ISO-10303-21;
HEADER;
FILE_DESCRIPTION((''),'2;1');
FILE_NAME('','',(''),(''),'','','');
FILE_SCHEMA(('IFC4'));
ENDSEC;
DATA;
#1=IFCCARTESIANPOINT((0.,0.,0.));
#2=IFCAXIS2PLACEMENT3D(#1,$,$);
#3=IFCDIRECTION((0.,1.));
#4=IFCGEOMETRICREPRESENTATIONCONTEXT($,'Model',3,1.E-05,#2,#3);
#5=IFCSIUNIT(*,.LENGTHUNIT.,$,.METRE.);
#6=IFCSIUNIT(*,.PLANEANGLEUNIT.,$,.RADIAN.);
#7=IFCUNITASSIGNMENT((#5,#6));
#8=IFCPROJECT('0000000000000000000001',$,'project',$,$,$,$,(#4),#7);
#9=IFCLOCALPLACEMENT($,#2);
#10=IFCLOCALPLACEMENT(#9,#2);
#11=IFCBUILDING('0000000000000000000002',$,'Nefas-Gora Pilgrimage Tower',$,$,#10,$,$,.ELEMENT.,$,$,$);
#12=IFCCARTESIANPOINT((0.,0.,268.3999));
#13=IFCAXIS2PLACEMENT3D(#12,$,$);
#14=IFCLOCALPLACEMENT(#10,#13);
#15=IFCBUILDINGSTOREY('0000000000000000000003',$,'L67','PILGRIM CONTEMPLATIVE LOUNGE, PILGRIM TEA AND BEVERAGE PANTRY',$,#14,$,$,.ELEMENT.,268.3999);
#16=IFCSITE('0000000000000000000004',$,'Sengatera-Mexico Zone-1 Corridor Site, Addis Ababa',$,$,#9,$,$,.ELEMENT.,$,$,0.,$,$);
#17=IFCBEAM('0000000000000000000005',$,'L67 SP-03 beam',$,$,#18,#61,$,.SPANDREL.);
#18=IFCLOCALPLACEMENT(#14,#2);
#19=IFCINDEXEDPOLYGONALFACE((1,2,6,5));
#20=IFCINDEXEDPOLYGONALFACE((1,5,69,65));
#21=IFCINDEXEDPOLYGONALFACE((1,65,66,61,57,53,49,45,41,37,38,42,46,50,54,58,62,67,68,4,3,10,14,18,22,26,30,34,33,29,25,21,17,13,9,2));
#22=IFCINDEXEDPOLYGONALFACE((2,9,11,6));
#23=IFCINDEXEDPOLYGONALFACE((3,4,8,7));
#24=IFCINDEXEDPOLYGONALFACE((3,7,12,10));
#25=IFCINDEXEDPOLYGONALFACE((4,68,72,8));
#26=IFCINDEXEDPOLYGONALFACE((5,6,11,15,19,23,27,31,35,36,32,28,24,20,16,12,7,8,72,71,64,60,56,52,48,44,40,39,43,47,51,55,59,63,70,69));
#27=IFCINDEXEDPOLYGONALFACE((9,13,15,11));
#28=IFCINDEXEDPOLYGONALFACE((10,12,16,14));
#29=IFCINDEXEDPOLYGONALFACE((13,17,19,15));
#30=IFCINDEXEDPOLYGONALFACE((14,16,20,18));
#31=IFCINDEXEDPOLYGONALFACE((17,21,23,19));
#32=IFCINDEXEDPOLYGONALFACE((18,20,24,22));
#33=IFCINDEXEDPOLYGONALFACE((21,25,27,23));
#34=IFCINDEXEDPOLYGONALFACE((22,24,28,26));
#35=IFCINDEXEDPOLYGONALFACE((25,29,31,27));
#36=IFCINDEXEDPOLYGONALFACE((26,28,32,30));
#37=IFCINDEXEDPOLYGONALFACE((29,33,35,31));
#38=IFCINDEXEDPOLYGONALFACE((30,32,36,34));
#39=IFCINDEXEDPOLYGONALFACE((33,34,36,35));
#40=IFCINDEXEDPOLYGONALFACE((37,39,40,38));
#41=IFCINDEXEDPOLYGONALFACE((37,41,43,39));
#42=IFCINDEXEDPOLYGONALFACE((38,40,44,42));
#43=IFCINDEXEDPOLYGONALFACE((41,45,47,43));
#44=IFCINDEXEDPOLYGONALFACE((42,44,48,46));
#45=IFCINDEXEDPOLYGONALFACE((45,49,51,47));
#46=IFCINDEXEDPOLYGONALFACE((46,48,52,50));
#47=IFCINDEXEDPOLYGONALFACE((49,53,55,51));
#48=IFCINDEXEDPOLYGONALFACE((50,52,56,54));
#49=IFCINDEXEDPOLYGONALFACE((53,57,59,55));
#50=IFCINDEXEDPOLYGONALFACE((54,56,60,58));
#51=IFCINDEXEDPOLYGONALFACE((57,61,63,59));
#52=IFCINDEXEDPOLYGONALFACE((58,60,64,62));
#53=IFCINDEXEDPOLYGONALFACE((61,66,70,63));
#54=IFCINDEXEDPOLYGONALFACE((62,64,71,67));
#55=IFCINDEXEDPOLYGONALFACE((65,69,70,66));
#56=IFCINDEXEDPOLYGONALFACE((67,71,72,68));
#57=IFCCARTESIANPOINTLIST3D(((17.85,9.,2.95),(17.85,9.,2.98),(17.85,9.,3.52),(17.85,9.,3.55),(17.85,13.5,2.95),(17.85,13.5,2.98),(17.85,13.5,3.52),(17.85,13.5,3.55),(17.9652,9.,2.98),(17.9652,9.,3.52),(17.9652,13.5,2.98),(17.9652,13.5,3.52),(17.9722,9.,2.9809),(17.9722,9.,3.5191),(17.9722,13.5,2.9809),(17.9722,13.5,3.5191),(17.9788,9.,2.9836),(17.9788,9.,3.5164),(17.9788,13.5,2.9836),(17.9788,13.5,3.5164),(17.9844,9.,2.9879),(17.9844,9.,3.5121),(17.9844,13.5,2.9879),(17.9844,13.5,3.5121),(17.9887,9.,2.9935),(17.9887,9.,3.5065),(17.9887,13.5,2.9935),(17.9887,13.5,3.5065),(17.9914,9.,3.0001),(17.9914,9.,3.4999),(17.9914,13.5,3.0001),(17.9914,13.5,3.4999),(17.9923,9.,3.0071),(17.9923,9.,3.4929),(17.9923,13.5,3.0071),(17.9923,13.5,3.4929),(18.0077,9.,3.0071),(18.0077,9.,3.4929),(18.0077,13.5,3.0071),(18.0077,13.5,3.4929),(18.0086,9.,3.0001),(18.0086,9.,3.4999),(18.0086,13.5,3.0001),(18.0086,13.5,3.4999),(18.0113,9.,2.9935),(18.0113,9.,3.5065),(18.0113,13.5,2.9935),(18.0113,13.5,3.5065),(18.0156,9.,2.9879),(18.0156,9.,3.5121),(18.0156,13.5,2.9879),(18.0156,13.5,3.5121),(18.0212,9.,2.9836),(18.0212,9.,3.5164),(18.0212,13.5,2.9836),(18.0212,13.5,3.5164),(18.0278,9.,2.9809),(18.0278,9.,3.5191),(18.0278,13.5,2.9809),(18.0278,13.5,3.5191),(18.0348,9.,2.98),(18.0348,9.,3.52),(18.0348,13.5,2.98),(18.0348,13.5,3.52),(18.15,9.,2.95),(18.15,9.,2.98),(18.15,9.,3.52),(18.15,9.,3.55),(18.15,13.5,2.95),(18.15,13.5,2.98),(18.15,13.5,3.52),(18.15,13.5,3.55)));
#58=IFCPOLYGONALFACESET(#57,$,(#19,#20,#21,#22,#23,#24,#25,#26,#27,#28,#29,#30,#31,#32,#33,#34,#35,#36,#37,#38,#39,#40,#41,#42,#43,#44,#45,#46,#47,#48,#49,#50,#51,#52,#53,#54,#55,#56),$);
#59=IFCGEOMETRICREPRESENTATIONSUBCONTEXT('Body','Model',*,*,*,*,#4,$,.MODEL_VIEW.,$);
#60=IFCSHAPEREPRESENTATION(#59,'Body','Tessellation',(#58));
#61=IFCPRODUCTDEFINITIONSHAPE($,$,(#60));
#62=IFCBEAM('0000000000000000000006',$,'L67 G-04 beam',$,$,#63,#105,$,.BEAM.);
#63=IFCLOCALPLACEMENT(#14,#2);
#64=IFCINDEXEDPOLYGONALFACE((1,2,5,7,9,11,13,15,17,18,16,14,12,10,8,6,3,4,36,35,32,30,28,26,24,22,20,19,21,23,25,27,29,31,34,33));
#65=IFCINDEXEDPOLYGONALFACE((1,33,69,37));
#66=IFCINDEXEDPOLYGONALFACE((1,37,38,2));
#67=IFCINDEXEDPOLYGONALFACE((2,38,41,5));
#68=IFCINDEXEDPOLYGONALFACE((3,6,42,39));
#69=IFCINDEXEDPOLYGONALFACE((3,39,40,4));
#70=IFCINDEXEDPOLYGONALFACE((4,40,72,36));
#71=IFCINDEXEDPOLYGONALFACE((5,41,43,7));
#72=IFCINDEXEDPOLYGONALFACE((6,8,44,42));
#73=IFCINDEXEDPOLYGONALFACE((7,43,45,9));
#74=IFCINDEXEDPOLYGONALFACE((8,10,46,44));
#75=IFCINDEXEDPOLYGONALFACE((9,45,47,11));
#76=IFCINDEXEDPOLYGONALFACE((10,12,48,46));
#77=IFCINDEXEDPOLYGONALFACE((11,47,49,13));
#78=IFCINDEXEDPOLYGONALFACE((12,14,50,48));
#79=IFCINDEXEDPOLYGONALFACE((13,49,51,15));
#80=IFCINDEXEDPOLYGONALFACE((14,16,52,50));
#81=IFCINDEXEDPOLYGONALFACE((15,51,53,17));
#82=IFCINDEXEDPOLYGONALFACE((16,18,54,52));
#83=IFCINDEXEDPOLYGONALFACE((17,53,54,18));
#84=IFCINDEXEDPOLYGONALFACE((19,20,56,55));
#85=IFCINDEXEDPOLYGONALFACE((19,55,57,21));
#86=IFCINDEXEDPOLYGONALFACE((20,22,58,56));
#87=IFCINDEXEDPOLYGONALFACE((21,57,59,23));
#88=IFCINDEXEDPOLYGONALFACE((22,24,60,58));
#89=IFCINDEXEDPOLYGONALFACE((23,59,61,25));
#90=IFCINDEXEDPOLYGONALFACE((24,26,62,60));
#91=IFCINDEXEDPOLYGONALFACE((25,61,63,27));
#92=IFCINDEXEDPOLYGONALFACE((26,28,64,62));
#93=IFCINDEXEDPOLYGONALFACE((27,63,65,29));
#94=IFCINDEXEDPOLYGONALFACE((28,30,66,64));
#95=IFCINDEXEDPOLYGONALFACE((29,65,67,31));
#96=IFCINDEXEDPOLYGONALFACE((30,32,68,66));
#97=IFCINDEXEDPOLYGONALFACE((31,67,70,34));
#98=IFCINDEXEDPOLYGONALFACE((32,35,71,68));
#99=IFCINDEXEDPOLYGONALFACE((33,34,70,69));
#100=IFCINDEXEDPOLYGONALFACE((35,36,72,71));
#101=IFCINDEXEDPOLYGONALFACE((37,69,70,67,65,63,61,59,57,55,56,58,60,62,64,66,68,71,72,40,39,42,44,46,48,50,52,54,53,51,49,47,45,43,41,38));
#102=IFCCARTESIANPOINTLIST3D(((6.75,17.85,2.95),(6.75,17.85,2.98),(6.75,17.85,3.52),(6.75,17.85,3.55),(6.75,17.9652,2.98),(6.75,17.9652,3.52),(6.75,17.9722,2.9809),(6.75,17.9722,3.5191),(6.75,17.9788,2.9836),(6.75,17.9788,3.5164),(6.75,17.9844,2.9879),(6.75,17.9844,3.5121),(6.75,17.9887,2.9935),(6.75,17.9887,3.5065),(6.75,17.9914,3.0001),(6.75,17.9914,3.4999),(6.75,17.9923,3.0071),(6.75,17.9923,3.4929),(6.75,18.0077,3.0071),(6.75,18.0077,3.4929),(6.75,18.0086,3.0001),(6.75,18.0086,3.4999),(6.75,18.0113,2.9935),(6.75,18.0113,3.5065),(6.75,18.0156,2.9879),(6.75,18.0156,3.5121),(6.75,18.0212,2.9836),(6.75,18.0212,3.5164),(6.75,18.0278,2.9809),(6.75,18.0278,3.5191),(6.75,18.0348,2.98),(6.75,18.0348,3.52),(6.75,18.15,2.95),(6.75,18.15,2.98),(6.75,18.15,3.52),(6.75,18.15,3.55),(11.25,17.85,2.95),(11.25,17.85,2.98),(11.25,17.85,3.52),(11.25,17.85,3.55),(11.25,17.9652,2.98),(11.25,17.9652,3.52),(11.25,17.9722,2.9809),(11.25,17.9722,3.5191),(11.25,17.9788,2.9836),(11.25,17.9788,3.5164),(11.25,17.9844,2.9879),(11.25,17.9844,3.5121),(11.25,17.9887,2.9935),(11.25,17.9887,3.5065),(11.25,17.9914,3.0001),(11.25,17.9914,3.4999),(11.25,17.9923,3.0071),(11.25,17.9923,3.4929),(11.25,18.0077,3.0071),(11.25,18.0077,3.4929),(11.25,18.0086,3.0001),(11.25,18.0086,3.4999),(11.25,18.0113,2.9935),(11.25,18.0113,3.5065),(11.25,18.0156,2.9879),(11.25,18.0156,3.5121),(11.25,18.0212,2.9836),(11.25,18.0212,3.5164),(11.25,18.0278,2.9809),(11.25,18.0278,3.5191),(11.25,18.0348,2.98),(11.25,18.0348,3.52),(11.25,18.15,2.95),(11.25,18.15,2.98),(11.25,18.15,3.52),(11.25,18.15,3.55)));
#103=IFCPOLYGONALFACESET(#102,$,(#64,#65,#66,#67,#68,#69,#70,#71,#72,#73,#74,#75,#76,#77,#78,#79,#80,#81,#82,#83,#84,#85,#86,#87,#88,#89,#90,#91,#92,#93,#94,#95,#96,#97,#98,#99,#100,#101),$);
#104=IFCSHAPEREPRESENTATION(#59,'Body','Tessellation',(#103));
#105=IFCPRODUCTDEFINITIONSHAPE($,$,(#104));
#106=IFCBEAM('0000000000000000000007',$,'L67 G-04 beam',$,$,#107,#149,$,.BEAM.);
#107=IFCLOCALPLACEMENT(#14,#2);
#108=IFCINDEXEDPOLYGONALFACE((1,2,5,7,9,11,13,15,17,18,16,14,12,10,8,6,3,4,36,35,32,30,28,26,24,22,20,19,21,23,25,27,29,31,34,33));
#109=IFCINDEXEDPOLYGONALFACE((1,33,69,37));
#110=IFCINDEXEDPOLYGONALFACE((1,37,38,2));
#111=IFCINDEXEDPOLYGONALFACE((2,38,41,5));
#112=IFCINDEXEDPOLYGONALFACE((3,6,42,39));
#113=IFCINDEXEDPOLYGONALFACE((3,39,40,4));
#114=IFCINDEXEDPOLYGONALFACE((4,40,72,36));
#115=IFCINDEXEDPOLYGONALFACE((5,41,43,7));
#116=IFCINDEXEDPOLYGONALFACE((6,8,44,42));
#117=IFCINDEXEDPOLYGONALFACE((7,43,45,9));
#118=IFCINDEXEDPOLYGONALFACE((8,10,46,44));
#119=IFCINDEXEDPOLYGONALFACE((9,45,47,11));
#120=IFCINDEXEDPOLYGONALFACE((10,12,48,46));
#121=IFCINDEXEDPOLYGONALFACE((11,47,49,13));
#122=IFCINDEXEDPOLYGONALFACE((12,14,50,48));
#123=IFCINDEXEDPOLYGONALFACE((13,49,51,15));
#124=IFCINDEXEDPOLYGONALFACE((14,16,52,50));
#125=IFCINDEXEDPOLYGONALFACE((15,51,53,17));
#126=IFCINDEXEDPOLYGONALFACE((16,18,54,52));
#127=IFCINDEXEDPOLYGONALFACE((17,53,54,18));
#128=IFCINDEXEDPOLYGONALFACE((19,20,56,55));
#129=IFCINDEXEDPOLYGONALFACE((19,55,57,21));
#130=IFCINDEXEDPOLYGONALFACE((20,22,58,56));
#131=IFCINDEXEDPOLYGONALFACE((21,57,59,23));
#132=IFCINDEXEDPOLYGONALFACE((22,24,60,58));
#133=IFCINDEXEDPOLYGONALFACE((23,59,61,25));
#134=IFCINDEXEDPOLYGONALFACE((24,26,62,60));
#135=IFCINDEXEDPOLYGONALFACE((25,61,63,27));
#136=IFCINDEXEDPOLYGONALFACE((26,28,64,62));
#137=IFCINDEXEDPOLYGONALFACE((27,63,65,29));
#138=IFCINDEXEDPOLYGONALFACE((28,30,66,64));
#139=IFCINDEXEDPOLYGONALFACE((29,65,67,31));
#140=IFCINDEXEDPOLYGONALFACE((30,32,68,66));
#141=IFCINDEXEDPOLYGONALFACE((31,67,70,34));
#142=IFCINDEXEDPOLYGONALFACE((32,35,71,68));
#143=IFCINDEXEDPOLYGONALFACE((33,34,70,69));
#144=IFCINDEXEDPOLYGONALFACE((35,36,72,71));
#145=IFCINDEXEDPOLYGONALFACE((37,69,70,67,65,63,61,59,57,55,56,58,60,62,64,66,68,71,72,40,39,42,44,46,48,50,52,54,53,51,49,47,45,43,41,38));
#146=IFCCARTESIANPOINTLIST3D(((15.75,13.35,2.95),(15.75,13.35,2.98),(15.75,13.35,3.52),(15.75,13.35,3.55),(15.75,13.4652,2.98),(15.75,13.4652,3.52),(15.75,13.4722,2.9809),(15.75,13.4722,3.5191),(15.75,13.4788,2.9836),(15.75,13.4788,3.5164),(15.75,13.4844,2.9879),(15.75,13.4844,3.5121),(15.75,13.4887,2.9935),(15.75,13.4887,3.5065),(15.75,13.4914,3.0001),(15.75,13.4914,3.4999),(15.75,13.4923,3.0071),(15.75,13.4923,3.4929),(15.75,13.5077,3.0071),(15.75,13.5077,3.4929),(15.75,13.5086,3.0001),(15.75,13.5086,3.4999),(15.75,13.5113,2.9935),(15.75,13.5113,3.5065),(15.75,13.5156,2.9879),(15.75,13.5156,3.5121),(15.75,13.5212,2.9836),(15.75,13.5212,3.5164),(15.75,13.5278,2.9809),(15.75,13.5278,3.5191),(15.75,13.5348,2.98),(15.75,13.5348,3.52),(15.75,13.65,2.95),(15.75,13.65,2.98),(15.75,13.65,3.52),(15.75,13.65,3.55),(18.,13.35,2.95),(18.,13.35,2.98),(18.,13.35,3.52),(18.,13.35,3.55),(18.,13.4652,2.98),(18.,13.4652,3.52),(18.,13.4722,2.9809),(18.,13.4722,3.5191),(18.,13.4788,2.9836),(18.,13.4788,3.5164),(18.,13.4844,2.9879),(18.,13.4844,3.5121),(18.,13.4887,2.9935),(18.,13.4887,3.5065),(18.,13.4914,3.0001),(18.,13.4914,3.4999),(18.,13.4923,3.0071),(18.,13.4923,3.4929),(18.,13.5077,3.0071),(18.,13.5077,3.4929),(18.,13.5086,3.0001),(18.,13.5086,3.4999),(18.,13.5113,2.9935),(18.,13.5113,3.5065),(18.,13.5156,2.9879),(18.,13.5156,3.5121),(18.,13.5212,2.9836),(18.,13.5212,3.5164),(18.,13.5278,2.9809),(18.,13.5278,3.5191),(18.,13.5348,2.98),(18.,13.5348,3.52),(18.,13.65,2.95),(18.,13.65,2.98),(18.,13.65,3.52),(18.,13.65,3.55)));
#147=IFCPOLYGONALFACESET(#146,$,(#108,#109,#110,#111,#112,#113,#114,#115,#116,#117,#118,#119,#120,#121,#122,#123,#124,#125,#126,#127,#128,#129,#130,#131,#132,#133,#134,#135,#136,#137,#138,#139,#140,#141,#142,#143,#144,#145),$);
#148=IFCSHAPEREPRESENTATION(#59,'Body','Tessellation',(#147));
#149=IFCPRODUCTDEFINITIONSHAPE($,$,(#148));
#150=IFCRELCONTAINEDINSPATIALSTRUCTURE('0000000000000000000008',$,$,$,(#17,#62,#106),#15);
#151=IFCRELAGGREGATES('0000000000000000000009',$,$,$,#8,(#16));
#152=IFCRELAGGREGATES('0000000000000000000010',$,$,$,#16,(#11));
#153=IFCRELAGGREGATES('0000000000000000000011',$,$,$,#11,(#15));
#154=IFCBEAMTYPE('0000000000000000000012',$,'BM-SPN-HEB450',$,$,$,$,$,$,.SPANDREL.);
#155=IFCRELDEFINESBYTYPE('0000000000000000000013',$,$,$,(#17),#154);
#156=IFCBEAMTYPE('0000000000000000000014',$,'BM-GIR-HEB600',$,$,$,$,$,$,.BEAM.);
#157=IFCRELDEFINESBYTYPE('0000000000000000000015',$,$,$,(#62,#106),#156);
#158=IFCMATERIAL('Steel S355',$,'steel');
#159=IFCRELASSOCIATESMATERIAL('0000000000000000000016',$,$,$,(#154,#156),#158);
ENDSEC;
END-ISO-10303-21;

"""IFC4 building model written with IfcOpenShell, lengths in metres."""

from ifc_helpers import new_model, si_unit, direction, frame, origin, origin_2d, place, context, subcontext, project, spatial, i_section, extrude, source, transform, mapped, material, material_profile, profile_set, type_object, element, save


model = new_model("IFC4")

# Units and contexts
model_context = context("Model", 3, precision=1e-05, world=origin(), true_north=direction((0.0, 1.0)))
body_context = subcontext(model_context, "Body", "Model", "MODEL_VIEW")
ifc_project = project(units=[si_unit("LENGTHUNIT", "METRE"), si_unit("PLANEANGLEUNIT", "RADIAN")], contexts=[model_context])

# Site, building, storey
site_placement = place(None, origin())
site = spatial("IfcSite", under=ifc_project, at=site_placement, Name="Sengatera-Mexico Zone-1 Corridor Site, Addis Ababa", CompositionType="ELEMENT", RefElevation=0.0)
building_placement = place(site_placement, origin())
building = spatial("IfcBuilding", under=site, at=building_placement, Name="Nefas-Gora Pilgrimage Tower", CompositionType="ELEMENT")
storey_placement = place(building_placement, frame((0.0, 0.0, 268.3999)))
storey = spatial("IfcBuildingStorey", under=building, at=storey_placement, Name="L67", Description="PILGRIM CONTEMPLATIVE LOUNGE, PILGRIM TEA AND BEVERAGE PANTRY", CompositionType="ELEMENT", Elevation=268.3999)

# Shared definitions
ifc_material_1 = material(Name="Steel S355", Category="steel")

# Beams
ifc_material_profile_1 = material_profile(ifc_material_1, i_section(OverallWidth=0.3, OverallDepth=0.6001, WebThickness=0.0154, FlangeThickness=0.03, FilletRadius=0.0271, at=origin_2d()), Name="HEB 600")
ifc_profile_set_1 = profile_set([ifc_material_profile_1], Name="Steel S355")
beam_type_1 = type_object("IfcBeamType", Name="BM-SPN-HEB450", PredefinedType="SPANDREL", material=ifc_profile_set_1)
shared_shape_1 = source(origin(), body_context, "Body", "SweptSolid", [
    extrude(i_section(OverallWidth=0.3, OverallDepth=0.6001, WebThickness=0.0154, FlangeThickness=0.03, FilletRadius=0.0271, at=origin_2d()), origin(), (0.0, 0.0, 1.0), 4.5),
])
beam_1_placement = place(storey_placement, frame((18.0, 9.0, 3.25), z_axis=(0.0, 1.0, 0.0), x_axis=(-1.0, 0.0, 0.0)))
element("IfcBeam", 1, at=beam_1_placement, inside=storey, type_object=beam_type_1, Name="L67 SP-03 beam", PredefinedType="SPANDREL", context=body_context, shape_type="MappedRepresentation", body=[
    mapped(shared_shape_1, transform((0.0, 0.0, 0.0), x_axis=(1.0, 0.0, 0.0), y_axis=(0.0, 1.0, 0.0), z_axis=(0.0, 0.0, 1.0), scale=1.0)),
])
ifc_material_profile_2 = material_profile(ifc_material_1, i_section(OverallWidth=0.3, OverallDepth=0.6001, WebThickness=0.0154, FlangeThickness=0.03, FilletRadius=0.0271, at=origin_2d()), Name="HEB 600")
ifc_profile_set_2 = profile_set([ifc_material_profile_2], Name="Steel S355")
beam_type_2 = type_object("IfcBeamType", Name="BM-GIR-HEB600", PredefinedType="BEAM", material=ifc_profile_set_2)
shared_shape_2 = source(origin(), body_context, "Body", "SweptSolid", [
    extrude(i_section(OverallWidth=0.3, OverallDepth=0.6001, WebThickness=0.0154, FlangeThickness=0.03, FilletRadius=0.0271, at=origin_2d()), origin(), (0.0, 0.0, 1.0), 4.5),
])
beam_2_placement = place(storey_placement, frame((6.75, 18.0, 3.25), z_axis=(1.0, 0.0, 0.0), x_axis=(0.0, 1.0, 0.0)))
element("IfcBeam", 2, at=beam_2_placement, inside=storey, type_object=beam_type_2, Name="L67 G-04 beam", PredefinedType="BEAM", context=body_context, shape_type="MappedRepresentation", body=[
    mapped(shared_shape_2, transform((0.0, 0.0, 0.0), x_axis=(1.0, 0.0, 0.0), y_axis=(0.0, 1.0, 0.0), z_axis=(0.0, 0.0, 1.0), scale=1.0)),
])
shared_shape_3 = source(origin(), body_context, "Body", "SweptSolid", [
    extrude(i_section(OverallWidth=0.3, OverallDepth=0.6001, WebThickness=0.0154, FlangeThickness=0.03, FilletRadius=0.0271, at=origin_2d()), origin(), (0.0, 0.0, 1.0), 2.25),
])
beam_3_placement = place(storey_placement, frame((15.75, 13.5, 3.25), z_axis=(1.0, 0.0, 0.0), x_axis=(0.0, 1.0, 0.0)))
element("IfcBeam", 3, at=beam_3_placement, inside=storey, type_object=beam_type_2, Name="L67 G-04 beam", PredefinedType="BEAM", context=body_context, shape_type="MappedRepresentation", body=[
    mapped(shared_shape_3, transform((0.0, 0.0, 0.0), x_axis=(1.0, 0.0, 0.0), y_axis=(0.0, 1.0, 0.0), z_axis=(0.0, 0.0, 1.0), scale=1.0)),
])

save(model, "model.ifc")
